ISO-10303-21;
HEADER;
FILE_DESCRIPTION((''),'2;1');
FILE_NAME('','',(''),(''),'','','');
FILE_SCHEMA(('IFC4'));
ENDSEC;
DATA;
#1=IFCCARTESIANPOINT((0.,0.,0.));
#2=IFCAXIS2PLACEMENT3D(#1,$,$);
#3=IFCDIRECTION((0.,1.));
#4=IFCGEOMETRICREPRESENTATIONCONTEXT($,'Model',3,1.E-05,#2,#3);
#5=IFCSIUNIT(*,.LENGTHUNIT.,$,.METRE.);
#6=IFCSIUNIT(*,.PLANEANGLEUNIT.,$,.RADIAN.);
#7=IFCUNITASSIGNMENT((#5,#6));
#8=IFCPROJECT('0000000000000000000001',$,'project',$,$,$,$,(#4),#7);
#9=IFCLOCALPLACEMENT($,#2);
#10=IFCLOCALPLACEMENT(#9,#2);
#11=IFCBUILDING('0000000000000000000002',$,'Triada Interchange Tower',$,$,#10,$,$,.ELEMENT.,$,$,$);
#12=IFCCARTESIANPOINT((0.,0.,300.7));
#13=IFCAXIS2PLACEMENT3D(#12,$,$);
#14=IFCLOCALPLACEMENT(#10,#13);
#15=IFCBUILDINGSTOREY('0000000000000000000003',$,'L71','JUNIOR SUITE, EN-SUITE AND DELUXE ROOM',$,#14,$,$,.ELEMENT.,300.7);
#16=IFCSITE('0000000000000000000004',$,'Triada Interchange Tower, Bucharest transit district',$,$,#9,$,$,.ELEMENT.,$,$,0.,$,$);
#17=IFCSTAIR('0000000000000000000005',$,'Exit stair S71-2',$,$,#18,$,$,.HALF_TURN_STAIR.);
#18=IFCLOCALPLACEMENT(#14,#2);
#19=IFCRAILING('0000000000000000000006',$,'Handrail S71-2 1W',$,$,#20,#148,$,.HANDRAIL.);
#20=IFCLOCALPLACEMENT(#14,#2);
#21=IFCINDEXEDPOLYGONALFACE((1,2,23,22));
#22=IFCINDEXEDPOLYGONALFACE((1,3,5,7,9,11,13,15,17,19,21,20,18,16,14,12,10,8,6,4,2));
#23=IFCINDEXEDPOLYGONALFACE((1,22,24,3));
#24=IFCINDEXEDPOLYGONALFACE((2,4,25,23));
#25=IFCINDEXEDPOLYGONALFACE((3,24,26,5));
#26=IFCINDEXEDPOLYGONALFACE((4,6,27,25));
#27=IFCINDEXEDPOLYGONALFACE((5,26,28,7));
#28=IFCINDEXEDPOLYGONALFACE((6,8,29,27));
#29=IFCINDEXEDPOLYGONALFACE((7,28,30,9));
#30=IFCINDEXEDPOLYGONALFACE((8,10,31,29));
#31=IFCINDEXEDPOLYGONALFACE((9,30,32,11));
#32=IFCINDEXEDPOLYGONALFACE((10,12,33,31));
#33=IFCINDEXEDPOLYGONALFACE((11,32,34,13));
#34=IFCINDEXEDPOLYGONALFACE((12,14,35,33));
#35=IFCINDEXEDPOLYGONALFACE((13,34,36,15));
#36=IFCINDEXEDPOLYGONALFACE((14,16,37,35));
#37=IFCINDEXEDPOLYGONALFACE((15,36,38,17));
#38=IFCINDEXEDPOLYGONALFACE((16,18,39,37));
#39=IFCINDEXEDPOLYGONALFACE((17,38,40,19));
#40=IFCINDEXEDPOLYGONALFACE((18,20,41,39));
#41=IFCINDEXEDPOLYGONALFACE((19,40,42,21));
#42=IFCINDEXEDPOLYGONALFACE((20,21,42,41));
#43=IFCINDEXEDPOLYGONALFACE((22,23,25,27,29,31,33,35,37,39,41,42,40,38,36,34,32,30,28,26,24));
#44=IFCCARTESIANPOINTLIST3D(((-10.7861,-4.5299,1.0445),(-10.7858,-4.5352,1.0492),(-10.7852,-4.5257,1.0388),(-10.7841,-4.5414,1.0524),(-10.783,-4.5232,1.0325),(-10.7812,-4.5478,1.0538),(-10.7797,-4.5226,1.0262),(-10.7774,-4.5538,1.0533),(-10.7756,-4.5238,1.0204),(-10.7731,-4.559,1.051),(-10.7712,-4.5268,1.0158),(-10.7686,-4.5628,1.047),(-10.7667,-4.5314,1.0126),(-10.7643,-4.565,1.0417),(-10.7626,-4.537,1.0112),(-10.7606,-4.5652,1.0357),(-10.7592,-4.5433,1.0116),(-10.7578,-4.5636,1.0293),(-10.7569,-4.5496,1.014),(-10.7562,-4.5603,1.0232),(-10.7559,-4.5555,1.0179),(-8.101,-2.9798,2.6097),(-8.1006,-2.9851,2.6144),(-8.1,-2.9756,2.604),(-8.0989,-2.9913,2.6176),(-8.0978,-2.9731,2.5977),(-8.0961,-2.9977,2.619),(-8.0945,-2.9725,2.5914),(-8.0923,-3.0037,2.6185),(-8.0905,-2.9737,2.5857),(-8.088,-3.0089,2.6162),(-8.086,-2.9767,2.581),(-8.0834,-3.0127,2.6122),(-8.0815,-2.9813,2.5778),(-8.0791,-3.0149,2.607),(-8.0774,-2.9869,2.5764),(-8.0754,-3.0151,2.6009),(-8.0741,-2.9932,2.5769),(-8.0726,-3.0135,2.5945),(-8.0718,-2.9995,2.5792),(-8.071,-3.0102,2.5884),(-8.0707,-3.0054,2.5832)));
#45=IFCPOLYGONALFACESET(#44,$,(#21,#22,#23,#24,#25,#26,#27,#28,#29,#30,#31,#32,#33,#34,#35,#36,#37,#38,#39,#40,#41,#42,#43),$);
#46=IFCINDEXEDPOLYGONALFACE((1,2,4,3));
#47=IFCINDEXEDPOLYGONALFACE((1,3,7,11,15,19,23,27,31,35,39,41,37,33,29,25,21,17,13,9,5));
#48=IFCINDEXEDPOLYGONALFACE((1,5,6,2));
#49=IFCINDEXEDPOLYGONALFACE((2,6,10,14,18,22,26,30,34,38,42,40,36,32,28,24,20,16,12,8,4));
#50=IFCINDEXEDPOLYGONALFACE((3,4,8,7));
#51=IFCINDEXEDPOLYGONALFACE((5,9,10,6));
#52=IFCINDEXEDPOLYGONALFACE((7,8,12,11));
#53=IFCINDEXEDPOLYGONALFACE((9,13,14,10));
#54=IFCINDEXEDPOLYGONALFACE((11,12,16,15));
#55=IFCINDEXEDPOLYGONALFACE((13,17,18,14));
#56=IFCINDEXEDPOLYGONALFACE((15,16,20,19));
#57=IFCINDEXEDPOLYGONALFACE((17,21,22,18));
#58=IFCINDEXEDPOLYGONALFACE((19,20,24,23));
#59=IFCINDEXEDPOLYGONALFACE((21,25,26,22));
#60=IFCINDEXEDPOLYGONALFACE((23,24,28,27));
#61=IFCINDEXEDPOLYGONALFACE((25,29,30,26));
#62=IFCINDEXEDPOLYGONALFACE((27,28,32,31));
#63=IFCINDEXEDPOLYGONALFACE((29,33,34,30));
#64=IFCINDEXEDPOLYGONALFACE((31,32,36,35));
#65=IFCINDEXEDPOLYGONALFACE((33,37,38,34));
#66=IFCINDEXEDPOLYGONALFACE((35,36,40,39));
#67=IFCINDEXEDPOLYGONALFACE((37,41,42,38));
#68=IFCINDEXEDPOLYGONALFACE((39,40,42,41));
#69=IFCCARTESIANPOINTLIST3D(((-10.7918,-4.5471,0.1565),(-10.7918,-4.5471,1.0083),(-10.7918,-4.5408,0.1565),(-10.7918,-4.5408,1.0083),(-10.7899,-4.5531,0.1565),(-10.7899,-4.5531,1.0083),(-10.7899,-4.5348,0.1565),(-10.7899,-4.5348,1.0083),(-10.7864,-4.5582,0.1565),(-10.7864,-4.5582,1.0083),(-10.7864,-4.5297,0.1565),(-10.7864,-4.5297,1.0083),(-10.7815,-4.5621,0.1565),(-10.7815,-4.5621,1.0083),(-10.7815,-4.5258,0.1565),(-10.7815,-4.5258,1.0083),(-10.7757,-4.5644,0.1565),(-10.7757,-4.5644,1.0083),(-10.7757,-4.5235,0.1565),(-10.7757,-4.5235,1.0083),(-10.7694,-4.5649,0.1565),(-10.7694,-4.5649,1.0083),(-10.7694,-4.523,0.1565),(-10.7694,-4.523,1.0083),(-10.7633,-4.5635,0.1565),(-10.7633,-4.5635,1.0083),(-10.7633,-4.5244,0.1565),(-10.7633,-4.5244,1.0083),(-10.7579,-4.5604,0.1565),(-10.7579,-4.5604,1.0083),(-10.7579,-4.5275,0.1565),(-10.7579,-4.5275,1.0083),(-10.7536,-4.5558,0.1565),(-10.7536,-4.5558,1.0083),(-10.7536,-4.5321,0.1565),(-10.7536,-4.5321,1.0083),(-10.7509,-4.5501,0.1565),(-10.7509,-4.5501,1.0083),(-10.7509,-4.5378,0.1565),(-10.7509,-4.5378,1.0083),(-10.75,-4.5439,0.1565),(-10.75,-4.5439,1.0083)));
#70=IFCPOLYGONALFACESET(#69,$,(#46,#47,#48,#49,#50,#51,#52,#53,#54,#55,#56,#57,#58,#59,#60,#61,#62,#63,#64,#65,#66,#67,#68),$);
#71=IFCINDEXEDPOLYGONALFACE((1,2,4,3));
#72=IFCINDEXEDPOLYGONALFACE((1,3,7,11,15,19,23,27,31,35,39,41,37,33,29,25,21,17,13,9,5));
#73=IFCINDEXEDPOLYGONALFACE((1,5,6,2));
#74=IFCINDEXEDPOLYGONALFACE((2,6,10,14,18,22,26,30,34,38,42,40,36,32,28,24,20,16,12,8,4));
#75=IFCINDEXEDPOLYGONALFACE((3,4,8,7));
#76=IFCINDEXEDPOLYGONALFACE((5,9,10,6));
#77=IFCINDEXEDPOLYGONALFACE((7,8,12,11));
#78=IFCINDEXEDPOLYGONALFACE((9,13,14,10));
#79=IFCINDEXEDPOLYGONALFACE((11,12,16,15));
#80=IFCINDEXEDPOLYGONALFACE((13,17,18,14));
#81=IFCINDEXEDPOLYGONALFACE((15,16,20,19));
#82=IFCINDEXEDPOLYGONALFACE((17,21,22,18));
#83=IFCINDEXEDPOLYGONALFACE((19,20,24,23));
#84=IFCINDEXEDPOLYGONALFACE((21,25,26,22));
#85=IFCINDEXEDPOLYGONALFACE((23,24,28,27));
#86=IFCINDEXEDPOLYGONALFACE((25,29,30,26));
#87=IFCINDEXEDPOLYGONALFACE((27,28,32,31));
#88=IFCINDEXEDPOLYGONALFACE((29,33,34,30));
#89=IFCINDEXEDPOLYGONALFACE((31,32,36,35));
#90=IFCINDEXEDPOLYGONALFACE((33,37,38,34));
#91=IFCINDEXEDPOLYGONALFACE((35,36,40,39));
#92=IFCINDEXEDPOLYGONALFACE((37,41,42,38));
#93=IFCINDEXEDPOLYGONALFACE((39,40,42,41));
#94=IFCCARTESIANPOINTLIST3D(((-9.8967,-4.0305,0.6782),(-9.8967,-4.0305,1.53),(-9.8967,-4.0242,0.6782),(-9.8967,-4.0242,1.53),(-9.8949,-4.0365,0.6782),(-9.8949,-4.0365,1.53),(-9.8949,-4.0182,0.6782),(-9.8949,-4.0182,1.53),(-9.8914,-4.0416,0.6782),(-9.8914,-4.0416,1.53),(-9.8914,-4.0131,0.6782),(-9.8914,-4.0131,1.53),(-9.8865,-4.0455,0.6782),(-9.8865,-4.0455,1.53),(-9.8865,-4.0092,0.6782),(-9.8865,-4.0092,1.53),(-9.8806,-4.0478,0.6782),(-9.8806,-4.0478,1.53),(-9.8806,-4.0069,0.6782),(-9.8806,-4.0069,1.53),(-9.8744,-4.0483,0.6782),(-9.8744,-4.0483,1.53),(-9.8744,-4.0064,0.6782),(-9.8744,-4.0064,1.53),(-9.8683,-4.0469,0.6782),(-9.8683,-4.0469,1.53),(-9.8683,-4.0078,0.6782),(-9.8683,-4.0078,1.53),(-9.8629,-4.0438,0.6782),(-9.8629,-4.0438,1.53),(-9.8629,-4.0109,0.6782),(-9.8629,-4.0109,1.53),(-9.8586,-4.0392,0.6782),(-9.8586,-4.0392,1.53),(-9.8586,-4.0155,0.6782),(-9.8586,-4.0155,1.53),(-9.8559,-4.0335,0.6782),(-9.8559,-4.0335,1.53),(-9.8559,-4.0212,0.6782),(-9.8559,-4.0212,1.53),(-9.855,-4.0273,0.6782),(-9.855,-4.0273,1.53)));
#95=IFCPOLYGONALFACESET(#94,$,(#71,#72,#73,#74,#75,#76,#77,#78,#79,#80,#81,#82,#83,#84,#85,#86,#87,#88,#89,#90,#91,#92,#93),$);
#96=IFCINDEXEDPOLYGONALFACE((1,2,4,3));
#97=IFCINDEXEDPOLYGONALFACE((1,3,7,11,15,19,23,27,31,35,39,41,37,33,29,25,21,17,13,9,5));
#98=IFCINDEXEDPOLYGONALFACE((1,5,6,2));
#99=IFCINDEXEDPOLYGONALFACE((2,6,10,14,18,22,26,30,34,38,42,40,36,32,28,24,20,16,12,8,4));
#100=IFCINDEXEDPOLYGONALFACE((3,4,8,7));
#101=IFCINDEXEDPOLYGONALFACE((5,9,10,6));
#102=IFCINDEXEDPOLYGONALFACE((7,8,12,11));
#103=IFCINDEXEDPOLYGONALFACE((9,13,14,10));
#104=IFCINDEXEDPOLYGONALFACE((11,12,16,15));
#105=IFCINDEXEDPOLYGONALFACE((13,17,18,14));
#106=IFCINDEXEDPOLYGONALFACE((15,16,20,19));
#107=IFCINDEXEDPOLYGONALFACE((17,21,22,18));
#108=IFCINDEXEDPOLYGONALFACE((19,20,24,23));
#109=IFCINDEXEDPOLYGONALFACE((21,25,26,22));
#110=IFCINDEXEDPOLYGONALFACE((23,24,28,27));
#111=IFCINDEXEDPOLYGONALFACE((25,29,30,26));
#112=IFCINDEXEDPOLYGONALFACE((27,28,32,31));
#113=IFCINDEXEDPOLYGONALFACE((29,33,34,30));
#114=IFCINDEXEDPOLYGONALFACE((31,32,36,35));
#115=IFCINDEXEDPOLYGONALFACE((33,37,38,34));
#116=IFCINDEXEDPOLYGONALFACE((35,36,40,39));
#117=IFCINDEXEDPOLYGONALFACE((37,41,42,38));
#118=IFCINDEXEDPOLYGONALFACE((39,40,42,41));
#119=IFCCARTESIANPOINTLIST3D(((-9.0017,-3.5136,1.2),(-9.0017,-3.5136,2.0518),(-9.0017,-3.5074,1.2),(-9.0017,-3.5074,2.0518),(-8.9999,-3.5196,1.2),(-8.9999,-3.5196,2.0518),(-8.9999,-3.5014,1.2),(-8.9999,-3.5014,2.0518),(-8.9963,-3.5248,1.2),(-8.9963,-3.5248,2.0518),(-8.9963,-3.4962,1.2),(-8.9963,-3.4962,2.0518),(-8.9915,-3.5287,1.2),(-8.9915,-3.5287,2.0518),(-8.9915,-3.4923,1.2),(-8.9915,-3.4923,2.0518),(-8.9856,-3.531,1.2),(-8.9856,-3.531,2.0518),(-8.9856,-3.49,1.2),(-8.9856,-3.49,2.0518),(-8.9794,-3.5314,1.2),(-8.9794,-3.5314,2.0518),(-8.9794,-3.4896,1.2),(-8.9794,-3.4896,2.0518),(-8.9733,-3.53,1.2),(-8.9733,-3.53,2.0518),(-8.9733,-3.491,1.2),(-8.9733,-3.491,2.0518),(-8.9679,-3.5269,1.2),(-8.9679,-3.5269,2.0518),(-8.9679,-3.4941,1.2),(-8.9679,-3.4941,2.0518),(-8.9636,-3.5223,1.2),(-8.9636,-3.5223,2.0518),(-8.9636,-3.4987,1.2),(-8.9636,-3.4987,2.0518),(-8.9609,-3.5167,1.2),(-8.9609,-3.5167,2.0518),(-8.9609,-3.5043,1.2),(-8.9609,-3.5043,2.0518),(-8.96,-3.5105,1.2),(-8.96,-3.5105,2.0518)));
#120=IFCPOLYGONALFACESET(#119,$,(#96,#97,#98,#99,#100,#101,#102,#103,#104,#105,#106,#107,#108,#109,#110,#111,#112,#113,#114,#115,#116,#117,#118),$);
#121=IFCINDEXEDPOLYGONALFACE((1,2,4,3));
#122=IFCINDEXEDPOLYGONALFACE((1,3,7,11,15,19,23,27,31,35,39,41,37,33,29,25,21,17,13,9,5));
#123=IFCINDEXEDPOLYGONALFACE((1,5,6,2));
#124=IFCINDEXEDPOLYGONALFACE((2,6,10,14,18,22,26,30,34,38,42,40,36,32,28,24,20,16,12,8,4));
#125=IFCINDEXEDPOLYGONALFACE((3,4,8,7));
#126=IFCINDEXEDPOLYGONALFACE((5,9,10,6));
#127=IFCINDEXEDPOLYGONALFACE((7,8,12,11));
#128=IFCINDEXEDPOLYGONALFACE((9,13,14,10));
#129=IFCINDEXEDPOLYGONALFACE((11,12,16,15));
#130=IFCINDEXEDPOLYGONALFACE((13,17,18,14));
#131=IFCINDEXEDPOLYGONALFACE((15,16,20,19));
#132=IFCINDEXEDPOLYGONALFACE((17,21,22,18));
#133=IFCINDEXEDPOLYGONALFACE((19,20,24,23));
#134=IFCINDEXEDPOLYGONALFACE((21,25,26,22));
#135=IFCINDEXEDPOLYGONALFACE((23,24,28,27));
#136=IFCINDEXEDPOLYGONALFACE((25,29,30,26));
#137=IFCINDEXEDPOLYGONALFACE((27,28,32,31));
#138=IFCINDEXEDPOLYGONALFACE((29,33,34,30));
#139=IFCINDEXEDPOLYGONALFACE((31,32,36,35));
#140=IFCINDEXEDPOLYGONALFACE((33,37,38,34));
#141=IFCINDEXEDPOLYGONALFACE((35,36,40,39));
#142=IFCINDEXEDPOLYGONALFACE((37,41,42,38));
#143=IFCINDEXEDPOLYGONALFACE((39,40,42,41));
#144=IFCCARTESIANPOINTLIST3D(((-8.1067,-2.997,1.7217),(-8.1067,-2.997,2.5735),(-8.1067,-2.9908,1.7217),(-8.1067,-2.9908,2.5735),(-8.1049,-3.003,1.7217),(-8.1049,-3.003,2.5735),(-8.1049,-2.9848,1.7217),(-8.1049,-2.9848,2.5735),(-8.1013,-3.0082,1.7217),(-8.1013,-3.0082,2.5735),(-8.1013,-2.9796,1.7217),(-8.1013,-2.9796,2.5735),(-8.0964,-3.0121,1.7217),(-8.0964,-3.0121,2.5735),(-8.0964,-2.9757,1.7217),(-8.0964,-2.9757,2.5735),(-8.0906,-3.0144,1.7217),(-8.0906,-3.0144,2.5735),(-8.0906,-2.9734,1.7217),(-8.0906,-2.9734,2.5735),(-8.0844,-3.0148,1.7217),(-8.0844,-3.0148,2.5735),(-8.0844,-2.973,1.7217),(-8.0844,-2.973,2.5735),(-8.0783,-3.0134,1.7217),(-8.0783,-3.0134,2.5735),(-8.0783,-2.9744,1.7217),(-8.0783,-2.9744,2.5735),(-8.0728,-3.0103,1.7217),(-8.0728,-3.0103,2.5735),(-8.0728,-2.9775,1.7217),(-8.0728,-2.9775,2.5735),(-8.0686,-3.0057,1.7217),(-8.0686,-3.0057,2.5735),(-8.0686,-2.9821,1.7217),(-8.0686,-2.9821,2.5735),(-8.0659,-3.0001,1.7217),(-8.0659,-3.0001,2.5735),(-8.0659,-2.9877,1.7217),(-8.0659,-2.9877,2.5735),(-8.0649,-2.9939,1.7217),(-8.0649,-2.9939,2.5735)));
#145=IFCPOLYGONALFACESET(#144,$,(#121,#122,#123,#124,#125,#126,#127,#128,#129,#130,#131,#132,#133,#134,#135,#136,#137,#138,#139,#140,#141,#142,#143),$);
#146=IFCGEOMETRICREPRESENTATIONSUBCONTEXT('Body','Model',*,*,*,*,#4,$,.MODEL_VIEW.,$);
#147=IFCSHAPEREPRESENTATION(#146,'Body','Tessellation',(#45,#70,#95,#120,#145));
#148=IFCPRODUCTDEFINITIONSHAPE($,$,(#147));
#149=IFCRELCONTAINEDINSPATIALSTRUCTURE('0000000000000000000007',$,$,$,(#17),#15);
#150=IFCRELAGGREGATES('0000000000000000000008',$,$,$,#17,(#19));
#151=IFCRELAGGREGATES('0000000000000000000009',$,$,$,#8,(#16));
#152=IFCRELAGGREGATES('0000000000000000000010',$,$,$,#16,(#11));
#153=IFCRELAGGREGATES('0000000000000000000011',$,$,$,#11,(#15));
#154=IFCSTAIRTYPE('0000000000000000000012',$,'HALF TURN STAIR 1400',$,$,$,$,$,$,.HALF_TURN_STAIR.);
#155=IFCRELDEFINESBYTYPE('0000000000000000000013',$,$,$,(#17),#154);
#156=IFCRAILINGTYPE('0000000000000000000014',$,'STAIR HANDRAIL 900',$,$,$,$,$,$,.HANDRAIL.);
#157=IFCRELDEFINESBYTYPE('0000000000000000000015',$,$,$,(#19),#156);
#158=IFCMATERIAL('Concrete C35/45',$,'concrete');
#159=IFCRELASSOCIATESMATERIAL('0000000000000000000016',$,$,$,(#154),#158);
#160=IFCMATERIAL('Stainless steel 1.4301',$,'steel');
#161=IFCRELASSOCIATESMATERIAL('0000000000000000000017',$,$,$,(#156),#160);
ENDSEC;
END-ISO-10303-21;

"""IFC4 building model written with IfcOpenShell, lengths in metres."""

from ifc_helpers import new_model, si_unit, direction, frame, origin, origin_2d, place, context, subcontext, project, spatial, circle, extrude, material, type_object, element, aggregate, save


model = new_model("IFC4")

# Units and contexts
model_context = context("Model", 3, precision=1e-05, world=origin(), true_north=direction((0.0, 1.0)))
body_context = subcontext(model_context, "Body", "Model", "MODEL_VIEW")
ifc_project = project(units=[si_unit("LENGTHUNIT", "METRE"), si_unit("PLANEANGLEUNIT", "RADIAN")], contexts=[model_context])

# Site, building, storey
site_placement = place(None, origin())
site = spatial("IfcSite", under=ifc_project, at=site_placement, Name="Triada Interchange Tower, Bucharest transit district", CompositionType="ELEMENT", RefElevation=0.0)
building_placement = place(site_placement, origin())
building = spatial("IfcBuilding", under=site, at=building_placement, Name="Triada Interchange Tower", CompositionType="ELEMENT")
storey_placement = place(building_placement, frame((0.0, 0.0, 300.7)))
storey = spatial("IfcBuildingStorey", under=building, at=storey_placement, Name="L71", Description="JUNIOR SUITE, EN-SUITE AND DELUXE ROOM", CompositionType="ELEMENT", Elevation=300.7)

# Stair, railing
ifc_material_1 = material(Name="Concrete C35/45", Category="concrete")
stair_type = type_object("IfcStairType", Name="HALF TURN STAIR 1400", PredefinedType="HALF_TURN_STAIR", material=ifc_material_1)
stair_placement = place(storey_placement, origin())
stair = element("IfcStair", 1, at=stair_placement, inside=storey, type_object=stair_type, Name="Exit stair S71-2", PredefinedType="HALF_TURN_STAIR")
ifc_material_2 = material(Name="Stainless steel 1.4301", Category="steel")
railing_type = type_object("IfcRailingType", Name="STAIR HANDRAIL 900", PredefinedType="HANDRAIL", material=ifc_material_2)
railing_1_placement = place(storey_placement, frame((-10.771, -4.5439, 0.1565)))
railing_1 = element("IfcRailing", 2, at=railing_1_placement, type_object=railing_type, Name="Handrail S71-2 1W", PredefinedType="HANDRAIL", context=body_context, shape_type="SweptSolid", body=[
    extrude(circle(Radius=0.0239, at=origin_2d()), frame((0.0, 0.0, 0.876), z_axis=(0.773115, 0.446309, 0.450667), x_axis=(-0.499959, 0.866049, 0.0)), (0.0, 0.0, 1.0), 3.4731),
    extrude(circle(Radius=0.021, at=origin_2d()), origin(), (0.0, 0.0, 1.0), 0.8518),
    extrude(circle(Radius=0.021, at=origin_2d()), frame((0.895, 0.5166, 0.5217)), (0.0, 0.0, 1.0), 0.8518),
    extrude(circle(Radius=0.021, at=origin_2d()), frame((1.79, 1.0334, 1.0435)), (0.0, 0.0, 1.0), 0.8518),
    extrude(circle(Radius=0.021, at=origin_2d()), frame((2.6851, 1.55, 1.5652)), (0.0, 0.0, 1.0), 0.8518),
])
aggregate(stair, [railing_1])

save(model, "model.ifc")
